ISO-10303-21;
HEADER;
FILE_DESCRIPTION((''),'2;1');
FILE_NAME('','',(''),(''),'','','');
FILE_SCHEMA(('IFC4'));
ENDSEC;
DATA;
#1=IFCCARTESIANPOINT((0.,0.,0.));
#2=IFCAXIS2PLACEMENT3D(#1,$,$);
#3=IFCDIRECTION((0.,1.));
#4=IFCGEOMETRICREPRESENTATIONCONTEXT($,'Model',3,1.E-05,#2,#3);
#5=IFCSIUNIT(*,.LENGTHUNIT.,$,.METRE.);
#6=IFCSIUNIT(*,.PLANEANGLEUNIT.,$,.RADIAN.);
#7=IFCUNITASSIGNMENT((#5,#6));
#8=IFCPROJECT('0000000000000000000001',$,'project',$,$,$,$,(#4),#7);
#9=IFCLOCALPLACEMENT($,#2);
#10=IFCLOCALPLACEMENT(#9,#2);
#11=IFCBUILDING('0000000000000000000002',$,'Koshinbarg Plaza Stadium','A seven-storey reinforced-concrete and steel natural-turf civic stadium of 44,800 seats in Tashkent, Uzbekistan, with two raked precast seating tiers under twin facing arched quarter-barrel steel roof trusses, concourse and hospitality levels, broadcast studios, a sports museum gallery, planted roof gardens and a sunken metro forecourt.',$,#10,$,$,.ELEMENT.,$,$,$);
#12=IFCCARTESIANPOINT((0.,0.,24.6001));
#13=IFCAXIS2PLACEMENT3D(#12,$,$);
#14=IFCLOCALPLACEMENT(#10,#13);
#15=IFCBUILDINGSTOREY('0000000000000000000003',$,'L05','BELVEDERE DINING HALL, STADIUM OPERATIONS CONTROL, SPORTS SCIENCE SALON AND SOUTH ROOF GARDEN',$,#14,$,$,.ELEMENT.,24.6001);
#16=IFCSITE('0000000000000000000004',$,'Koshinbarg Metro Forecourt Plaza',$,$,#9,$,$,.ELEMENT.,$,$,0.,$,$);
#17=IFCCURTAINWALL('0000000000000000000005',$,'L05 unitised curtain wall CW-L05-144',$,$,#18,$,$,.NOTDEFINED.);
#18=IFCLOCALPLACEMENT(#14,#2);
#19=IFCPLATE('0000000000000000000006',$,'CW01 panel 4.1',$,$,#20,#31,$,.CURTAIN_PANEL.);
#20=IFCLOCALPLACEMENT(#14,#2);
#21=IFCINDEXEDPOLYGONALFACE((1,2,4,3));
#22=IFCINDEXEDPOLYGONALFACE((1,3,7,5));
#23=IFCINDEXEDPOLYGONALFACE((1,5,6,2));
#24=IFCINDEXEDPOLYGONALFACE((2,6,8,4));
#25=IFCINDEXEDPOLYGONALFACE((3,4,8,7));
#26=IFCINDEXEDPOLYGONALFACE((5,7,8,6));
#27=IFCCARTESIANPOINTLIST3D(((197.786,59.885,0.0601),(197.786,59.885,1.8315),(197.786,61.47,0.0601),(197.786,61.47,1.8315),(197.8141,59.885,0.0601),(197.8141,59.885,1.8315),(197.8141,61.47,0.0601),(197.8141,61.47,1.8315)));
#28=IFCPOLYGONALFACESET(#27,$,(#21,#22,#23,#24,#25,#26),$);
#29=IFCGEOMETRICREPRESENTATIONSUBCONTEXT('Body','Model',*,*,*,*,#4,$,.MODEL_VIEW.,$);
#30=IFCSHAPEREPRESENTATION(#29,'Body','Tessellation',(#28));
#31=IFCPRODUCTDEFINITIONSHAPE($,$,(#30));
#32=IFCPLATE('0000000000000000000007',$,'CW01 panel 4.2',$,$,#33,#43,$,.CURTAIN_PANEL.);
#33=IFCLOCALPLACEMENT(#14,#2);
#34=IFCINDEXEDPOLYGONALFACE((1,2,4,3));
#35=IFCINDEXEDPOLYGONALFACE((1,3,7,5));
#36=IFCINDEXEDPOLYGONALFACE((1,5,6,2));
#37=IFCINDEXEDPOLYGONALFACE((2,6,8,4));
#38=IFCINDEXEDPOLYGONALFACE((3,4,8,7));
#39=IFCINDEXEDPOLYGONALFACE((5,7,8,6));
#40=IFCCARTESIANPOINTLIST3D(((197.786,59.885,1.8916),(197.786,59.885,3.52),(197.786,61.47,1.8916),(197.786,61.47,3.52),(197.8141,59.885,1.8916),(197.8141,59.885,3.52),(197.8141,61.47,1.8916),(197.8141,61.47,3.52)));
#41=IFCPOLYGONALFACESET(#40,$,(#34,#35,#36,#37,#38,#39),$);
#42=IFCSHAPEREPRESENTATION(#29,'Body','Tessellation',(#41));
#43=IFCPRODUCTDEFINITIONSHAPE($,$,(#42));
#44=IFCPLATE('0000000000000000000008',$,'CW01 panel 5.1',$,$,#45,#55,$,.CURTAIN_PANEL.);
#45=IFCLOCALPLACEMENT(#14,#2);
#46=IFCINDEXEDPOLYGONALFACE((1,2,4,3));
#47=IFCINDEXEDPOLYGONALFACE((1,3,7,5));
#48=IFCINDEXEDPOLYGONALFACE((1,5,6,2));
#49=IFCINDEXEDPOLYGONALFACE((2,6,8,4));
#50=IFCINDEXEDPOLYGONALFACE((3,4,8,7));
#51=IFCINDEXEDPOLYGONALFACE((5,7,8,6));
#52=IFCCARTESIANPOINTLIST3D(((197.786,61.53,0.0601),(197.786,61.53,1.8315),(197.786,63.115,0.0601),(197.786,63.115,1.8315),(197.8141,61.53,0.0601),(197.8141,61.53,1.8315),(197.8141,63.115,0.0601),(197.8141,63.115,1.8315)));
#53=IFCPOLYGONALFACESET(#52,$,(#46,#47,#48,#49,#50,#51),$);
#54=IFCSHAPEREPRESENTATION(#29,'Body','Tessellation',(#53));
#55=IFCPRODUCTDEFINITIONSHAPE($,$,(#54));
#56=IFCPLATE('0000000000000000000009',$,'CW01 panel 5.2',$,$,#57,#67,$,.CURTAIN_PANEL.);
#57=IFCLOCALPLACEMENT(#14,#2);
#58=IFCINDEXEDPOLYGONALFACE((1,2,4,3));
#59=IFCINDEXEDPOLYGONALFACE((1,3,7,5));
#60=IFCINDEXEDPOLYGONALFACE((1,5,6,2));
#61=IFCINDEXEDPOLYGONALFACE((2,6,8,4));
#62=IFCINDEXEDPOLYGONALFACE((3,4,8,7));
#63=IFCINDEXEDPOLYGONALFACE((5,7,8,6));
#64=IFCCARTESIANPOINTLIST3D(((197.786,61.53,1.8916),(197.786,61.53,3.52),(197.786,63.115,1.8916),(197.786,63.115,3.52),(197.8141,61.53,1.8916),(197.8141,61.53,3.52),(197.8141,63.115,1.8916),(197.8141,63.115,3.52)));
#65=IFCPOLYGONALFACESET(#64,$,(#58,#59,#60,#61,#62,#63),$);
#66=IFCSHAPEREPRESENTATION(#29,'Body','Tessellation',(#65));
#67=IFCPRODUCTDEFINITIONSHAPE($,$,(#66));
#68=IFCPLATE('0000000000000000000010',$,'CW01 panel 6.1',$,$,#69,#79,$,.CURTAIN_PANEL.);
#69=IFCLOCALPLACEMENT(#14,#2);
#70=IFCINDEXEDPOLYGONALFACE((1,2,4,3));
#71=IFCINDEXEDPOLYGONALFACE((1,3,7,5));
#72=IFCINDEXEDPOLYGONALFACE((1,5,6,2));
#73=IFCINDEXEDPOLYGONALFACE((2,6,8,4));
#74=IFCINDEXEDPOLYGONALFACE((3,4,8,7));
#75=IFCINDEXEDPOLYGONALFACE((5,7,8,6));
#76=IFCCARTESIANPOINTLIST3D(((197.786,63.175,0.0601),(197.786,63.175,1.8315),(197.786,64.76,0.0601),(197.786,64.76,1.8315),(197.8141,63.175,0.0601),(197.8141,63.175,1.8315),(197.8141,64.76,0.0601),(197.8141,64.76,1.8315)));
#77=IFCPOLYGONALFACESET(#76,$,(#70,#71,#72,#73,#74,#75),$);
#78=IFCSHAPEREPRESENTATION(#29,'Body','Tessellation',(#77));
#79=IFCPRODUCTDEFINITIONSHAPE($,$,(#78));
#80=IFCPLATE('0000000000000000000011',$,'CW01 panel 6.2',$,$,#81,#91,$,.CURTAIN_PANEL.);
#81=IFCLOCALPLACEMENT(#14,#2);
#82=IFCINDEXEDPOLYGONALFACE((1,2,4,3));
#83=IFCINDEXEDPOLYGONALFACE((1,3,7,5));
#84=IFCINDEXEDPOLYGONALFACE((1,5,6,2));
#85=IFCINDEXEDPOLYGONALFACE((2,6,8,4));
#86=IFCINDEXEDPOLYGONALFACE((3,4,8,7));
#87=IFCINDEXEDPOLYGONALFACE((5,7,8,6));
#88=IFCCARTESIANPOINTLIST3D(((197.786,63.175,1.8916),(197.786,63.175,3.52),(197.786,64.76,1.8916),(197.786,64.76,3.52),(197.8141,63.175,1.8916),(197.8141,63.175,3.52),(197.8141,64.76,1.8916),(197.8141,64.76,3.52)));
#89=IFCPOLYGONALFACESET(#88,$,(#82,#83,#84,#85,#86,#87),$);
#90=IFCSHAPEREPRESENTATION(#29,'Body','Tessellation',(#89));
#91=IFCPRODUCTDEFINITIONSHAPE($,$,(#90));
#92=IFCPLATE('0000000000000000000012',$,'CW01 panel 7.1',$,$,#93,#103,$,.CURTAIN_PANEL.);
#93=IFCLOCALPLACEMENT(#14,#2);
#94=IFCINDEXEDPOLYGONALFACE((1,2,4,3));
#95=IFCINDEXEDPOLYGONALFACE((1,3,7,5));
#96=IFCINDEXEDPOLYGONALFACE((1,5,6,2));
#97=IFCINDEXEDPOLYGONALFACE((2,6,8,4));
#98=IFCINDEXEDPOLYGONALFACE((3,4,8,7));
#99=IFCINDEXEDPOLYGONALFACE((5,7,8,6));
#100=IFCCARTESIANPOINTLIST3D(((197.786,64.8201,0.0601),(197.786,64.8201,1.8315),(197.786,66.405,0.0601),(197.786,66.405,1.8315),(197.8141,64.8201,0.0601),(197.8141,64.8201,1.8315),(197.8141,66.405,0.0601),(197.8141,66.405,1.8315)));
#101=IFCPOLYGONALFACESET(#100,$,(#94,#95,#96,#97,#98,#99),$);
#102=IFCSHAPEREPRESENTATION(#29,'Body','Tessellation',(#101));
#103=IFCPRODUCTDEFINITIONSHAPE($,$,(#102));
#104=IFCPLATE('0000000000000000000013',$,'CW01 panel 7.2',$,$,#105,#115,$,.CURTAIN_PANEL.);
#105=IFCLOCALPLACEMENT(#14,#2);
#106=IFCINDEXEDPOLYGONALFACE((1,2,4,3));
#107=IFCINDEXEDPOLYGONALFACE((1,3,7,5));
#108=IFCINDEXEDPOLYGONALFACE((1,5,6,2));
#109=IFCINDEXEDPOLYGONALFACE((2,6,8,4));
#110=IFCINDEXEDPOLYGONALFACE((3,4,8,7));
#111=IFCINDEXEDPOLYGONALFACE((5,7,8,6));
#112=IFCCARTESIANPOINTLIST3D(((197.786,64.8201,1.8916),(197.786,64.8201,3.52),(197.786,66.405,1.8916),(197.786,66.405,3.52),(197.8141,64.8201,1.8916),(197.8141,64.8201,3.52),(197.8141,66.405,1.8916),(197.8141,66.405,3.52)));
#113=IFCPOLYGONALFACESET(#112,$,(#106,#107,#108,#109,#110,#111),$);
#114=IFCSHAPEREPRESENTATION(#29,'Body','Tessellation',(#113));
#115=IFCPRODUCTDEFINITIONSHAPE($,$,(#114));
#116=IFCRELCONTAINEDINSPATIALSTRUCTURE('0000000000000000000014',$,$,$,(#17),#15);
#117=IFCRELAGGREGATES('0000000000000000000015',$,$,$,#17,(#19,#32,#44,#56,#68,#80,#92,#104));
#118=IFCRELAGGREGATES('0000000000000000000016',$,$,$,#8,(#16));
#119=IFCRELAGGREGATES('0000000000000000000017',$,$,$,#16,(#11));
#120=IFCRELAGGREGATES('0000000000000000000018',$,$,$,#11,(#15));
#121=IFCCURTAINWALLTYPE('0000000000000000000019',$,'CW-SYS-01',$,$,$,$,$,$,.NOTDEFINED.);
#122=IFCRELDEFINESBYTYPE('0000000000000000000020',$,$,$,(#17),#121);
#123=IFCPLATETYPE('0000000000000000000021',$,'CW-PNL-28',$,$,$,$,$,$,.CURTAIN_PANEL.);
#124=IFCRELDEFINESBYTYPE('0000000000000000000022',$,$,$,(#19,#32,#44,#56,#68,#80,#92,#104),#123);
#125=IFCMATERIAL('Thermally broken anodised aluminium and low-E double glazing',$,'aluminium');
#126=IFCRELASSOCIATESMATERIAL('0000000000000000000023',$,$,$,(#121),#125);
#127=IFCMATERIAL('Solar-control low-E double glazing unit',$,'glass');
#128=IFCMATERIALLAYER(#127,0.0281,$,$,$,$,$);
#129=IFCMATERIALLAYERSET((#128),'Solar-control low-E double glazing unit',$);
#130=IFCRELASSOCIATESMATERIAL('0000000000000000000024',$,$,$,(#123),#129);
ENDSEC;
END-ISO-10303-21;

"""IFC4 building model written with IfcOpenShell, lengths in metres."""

from ifc_helpers import new_model, si_unit, direction, frame, origin, origin_2d, place, context, subcontext, project, spatial, rectangle, extrude, material, layer, layer_set, type_object, element, aggregate, save


model = new_model("IFC4")

# Units and contexts
model_context = context("Model", 3, precision=1e-05, world=origin(), true_north=direction((0.0, 1.0)))
body_context = subcontext(model_context, "Body", "Model", "MODEL_VIEW")
ifc_project = project(units=[si_unit("LENGTHUNIT", "METRE"), si_unit("PLANEANGLEUNIT", "RADIAN")], contexts=[model_context])

# Site, building, storey
site_placement = place(None, origin())
site = spatial("IfcSite", under=ifc_project, at=site_placement, Name="Koshinbarg Metro Forecourt Plaza", CompositionType="ELEMENT", RefElevation=0.0)
building_placement = place(site_placement, origin())
building = spatial("IfcBuilding", under=site, at=building_placement, Name="Koshinbarg Plaza Stadium", Description="A seven-storey reinforced-concrete and steel natural-turf civic stadium of 44,800 seats in Tashkent, Uzbekistan, with two raked precast seating tiers under twin facing arched quarter-barrel steel roof trusses, concourse and hospitality levels, broadcast studios, a sports museum gallery, planted roof gardens and a sunken metro forecourt.", CompositionType="ELEMENT")
storey_placement = place(building_placement, frame((0.0, 0.0, 24.6001)))
storey = spatial("IfcBuildingStorey", under=building, at=storey_placement, Name="L05", Description="BELVEDERE DINING HALL, STADIUM OPERATIONS CONTROL, SPORTS SCIENCE SALON AND SOUTH ROOF GARDEN", CompositionType="ELEMENT", Elevation=24.6001)

# Curtain wall, plates
ifc_material_1 = material(Name="Thermally broken anodised aluminium and low-E double glazing", Category="aluminium")
curtain_wall_type = type_object("IfcCurtainWallType", Name="CW-SYS-01", PredefinedType="NOTDEFINED", material=ifc_material_1)
curtain_wall_placement = place(storey_placement, origin())
curtain_wall = element("IfcCurtainWall", 1, at=curtain_wall_placement, inside=storey, type_object=curtain_wall_type, Name="L05 unitised curtain wall CW-L05-144", PredefinedType="NOTDEFINED")
ifc_material_2 = material(Name="Solar-control low-E double glazing unit", Category="glass")
ifc_layer = layer(ifc_material_2, 0.0281)
ifc_layer_set = layer_set([ifc_layer], Name="Solar-control low-E double glazing unit")
plate_type = type_object("IfcPlateType", Name="CW-PNL-28", PredefinedType="CURTAIN_PANEL", material=ifc_layer_set)
plate_1_placement = place(storey_placement, frame((197.8, 60.6775, 0.0601), z_axis=(0.0, 0.0, 1.0), x_axis=(0.0, 1.0, 0.0)))
plate_1 = element("IfcPlate", 2, at=plate_1_placement, type_object=plate_type, Name="CW01 panel 4.1", PredefinedType="CURTAIN_PANEL", context=body_context, shape_type="SweptSolid", body=[
    extrude(rectangle(XDim=1.585, YDim=0.0281, at=origin_2d()), origin(), (0.0, 0.0, 1.0), 1.7715),
])
plate_2_placement = place(storey_placement, frame((197.8, 60.6775, 1.8916), z_axis=(0.0, 0.0, 1.0), x_axis=(0.0, 1.0, 0.0)))
plate_2 = element("IfcPlate", 3, at=plate_2_placement, type_object=plate_type, Name="CW01 panel 4.2", PredefinedType="CURTAIN_PANEL", context=body_context, shape_type="SweptSolid", body=[
    extrude(rectangle(XDim=1.585, YDim=0.0281, at=origin_2d()), origin(), (0.0, 0.0, 1.0), 1.6284),
])
plate_3_placement = place(storey_placement, frame((197.8, 62.3225, 0.0601), z_axis=(0.0, 0.0, 1.0), x_axis=(0.0, 1.0, 0.0)))
plate_3 = element("IfcPlate", 4, at=plate_3_placement, type_object=plate_type, Name="CW01 panel 5.1", PredefinedType="CURTAIN_PANEL", context=body_context, shape_type="SweptSolid", body=[
    extrude(rectangle(XDim=1.585, YDim=0.0281, at=origin_2d()), origin(), (0.0, 0.0, 1.0), 1.7715),
])
plate_4_placement = place(storey_placement, frame((197.8, 62.3225, 1.8916), z_axis=(0.0, 0.0, 1.0), x_axis=(0.0, 1.0, 0.0)))
plate_4 = element("IfcPlate", 5, at=plate_4_placement, type_object=plate_type, Name="CW01 panel 5.2", PredefinedType="CURTAIN_PANEL", context=body_context, shape_type="SweptSolid", body=[
    extrude(rectangle(XDim=1.585, YDim=0.0281, at=origin_2d()), origin(), (0.0, 0.0, 1.0), 1.6284),
])
plate_5_placement = place(storey_placement, frame((197.8, 63.9675, 0.0601), z_axis=(0.0, 0.0, 1.0), x_axis=(0.0, 1.0, 0.0)))
plate_5 = element("IfcPlate", 6, at=plate_5_placement, type_object=plate_type, Name="CW01 panel 6.1", PredefinedType="CURTAIN_PANEL", context=body_context, shape_type="SweptSolid", body=[
    extrude(rectangle(XDim=1.585, YDim=0.0281, at=origin_2d()), origin(), (0.0, 0.0, 1.0), 1.7715),
])
plate_6_placement = place(storey_placement, frame((197.8, 63.9675, 1.8916), z_axis=(0.0, 0.0, 1.0), x_axis=(0.0, 1.0, 0.0)))
plate_6 = element("IfcPlate", 7, at=plate_6_placement, type_object=plate_type, Name="CW01 panel 6.2", PredefinedType="CURTAIN_PANEL", context=body_context, shape_type="SweptSolid", body=[
    extrude(rectangle(XDim=1.585, YDim=0.0281, at=origin_2d()), origin(), (0.0, 0.0, 1.0), 1.6284),
])
plate_7_placement = place(storey_placement, frame((197.8, 65.6125, 0.0601), z_axis=(0.0, 0.0, 1.0), x_axis=(0.0, 1.0, 0.0)))
plate_7 = element("IfcPlate", 8, at=plate_7_placement, type_object=plate_type, Name="CW01 panel 7.1", PredefinedType="CURTAIN_PANEL", context=body_context, shape_type="SweptSolid", body=[
    extrude(rectangle(XDim=1.585, YDim=0.0281, at=origin_2d()), origin(), (0.0, 0.0, 1.0), 1.7715),
])
plate_8_placement = place(storey_placement, frame((197.8, 65.6125, 1.8916), z_axis=(0.0, 0.0, 1.0), x_axis=(0.0, 1.0, 0.0)))
plate_8 = element("IfcPlate", 9, at=plate_8_placement, type_object=plate_type, Name="CW01 panel 7.2", PredefinedType="CURTAIN_PANEL", context=body_context, shape_type="SweptSolid", body=[
    extrude(rectangle(XDim=1.585, YDim=0.0281, at=origin_2d()), origin(), (0.0, 0.0, 1.0), 1.6284),
])
aggregate(curtain_wall, [plate_1, plate_2, plate_3, plate_4, plate_5, plate_6, plate_7, plate_8])

save(model, "model.ifc")
